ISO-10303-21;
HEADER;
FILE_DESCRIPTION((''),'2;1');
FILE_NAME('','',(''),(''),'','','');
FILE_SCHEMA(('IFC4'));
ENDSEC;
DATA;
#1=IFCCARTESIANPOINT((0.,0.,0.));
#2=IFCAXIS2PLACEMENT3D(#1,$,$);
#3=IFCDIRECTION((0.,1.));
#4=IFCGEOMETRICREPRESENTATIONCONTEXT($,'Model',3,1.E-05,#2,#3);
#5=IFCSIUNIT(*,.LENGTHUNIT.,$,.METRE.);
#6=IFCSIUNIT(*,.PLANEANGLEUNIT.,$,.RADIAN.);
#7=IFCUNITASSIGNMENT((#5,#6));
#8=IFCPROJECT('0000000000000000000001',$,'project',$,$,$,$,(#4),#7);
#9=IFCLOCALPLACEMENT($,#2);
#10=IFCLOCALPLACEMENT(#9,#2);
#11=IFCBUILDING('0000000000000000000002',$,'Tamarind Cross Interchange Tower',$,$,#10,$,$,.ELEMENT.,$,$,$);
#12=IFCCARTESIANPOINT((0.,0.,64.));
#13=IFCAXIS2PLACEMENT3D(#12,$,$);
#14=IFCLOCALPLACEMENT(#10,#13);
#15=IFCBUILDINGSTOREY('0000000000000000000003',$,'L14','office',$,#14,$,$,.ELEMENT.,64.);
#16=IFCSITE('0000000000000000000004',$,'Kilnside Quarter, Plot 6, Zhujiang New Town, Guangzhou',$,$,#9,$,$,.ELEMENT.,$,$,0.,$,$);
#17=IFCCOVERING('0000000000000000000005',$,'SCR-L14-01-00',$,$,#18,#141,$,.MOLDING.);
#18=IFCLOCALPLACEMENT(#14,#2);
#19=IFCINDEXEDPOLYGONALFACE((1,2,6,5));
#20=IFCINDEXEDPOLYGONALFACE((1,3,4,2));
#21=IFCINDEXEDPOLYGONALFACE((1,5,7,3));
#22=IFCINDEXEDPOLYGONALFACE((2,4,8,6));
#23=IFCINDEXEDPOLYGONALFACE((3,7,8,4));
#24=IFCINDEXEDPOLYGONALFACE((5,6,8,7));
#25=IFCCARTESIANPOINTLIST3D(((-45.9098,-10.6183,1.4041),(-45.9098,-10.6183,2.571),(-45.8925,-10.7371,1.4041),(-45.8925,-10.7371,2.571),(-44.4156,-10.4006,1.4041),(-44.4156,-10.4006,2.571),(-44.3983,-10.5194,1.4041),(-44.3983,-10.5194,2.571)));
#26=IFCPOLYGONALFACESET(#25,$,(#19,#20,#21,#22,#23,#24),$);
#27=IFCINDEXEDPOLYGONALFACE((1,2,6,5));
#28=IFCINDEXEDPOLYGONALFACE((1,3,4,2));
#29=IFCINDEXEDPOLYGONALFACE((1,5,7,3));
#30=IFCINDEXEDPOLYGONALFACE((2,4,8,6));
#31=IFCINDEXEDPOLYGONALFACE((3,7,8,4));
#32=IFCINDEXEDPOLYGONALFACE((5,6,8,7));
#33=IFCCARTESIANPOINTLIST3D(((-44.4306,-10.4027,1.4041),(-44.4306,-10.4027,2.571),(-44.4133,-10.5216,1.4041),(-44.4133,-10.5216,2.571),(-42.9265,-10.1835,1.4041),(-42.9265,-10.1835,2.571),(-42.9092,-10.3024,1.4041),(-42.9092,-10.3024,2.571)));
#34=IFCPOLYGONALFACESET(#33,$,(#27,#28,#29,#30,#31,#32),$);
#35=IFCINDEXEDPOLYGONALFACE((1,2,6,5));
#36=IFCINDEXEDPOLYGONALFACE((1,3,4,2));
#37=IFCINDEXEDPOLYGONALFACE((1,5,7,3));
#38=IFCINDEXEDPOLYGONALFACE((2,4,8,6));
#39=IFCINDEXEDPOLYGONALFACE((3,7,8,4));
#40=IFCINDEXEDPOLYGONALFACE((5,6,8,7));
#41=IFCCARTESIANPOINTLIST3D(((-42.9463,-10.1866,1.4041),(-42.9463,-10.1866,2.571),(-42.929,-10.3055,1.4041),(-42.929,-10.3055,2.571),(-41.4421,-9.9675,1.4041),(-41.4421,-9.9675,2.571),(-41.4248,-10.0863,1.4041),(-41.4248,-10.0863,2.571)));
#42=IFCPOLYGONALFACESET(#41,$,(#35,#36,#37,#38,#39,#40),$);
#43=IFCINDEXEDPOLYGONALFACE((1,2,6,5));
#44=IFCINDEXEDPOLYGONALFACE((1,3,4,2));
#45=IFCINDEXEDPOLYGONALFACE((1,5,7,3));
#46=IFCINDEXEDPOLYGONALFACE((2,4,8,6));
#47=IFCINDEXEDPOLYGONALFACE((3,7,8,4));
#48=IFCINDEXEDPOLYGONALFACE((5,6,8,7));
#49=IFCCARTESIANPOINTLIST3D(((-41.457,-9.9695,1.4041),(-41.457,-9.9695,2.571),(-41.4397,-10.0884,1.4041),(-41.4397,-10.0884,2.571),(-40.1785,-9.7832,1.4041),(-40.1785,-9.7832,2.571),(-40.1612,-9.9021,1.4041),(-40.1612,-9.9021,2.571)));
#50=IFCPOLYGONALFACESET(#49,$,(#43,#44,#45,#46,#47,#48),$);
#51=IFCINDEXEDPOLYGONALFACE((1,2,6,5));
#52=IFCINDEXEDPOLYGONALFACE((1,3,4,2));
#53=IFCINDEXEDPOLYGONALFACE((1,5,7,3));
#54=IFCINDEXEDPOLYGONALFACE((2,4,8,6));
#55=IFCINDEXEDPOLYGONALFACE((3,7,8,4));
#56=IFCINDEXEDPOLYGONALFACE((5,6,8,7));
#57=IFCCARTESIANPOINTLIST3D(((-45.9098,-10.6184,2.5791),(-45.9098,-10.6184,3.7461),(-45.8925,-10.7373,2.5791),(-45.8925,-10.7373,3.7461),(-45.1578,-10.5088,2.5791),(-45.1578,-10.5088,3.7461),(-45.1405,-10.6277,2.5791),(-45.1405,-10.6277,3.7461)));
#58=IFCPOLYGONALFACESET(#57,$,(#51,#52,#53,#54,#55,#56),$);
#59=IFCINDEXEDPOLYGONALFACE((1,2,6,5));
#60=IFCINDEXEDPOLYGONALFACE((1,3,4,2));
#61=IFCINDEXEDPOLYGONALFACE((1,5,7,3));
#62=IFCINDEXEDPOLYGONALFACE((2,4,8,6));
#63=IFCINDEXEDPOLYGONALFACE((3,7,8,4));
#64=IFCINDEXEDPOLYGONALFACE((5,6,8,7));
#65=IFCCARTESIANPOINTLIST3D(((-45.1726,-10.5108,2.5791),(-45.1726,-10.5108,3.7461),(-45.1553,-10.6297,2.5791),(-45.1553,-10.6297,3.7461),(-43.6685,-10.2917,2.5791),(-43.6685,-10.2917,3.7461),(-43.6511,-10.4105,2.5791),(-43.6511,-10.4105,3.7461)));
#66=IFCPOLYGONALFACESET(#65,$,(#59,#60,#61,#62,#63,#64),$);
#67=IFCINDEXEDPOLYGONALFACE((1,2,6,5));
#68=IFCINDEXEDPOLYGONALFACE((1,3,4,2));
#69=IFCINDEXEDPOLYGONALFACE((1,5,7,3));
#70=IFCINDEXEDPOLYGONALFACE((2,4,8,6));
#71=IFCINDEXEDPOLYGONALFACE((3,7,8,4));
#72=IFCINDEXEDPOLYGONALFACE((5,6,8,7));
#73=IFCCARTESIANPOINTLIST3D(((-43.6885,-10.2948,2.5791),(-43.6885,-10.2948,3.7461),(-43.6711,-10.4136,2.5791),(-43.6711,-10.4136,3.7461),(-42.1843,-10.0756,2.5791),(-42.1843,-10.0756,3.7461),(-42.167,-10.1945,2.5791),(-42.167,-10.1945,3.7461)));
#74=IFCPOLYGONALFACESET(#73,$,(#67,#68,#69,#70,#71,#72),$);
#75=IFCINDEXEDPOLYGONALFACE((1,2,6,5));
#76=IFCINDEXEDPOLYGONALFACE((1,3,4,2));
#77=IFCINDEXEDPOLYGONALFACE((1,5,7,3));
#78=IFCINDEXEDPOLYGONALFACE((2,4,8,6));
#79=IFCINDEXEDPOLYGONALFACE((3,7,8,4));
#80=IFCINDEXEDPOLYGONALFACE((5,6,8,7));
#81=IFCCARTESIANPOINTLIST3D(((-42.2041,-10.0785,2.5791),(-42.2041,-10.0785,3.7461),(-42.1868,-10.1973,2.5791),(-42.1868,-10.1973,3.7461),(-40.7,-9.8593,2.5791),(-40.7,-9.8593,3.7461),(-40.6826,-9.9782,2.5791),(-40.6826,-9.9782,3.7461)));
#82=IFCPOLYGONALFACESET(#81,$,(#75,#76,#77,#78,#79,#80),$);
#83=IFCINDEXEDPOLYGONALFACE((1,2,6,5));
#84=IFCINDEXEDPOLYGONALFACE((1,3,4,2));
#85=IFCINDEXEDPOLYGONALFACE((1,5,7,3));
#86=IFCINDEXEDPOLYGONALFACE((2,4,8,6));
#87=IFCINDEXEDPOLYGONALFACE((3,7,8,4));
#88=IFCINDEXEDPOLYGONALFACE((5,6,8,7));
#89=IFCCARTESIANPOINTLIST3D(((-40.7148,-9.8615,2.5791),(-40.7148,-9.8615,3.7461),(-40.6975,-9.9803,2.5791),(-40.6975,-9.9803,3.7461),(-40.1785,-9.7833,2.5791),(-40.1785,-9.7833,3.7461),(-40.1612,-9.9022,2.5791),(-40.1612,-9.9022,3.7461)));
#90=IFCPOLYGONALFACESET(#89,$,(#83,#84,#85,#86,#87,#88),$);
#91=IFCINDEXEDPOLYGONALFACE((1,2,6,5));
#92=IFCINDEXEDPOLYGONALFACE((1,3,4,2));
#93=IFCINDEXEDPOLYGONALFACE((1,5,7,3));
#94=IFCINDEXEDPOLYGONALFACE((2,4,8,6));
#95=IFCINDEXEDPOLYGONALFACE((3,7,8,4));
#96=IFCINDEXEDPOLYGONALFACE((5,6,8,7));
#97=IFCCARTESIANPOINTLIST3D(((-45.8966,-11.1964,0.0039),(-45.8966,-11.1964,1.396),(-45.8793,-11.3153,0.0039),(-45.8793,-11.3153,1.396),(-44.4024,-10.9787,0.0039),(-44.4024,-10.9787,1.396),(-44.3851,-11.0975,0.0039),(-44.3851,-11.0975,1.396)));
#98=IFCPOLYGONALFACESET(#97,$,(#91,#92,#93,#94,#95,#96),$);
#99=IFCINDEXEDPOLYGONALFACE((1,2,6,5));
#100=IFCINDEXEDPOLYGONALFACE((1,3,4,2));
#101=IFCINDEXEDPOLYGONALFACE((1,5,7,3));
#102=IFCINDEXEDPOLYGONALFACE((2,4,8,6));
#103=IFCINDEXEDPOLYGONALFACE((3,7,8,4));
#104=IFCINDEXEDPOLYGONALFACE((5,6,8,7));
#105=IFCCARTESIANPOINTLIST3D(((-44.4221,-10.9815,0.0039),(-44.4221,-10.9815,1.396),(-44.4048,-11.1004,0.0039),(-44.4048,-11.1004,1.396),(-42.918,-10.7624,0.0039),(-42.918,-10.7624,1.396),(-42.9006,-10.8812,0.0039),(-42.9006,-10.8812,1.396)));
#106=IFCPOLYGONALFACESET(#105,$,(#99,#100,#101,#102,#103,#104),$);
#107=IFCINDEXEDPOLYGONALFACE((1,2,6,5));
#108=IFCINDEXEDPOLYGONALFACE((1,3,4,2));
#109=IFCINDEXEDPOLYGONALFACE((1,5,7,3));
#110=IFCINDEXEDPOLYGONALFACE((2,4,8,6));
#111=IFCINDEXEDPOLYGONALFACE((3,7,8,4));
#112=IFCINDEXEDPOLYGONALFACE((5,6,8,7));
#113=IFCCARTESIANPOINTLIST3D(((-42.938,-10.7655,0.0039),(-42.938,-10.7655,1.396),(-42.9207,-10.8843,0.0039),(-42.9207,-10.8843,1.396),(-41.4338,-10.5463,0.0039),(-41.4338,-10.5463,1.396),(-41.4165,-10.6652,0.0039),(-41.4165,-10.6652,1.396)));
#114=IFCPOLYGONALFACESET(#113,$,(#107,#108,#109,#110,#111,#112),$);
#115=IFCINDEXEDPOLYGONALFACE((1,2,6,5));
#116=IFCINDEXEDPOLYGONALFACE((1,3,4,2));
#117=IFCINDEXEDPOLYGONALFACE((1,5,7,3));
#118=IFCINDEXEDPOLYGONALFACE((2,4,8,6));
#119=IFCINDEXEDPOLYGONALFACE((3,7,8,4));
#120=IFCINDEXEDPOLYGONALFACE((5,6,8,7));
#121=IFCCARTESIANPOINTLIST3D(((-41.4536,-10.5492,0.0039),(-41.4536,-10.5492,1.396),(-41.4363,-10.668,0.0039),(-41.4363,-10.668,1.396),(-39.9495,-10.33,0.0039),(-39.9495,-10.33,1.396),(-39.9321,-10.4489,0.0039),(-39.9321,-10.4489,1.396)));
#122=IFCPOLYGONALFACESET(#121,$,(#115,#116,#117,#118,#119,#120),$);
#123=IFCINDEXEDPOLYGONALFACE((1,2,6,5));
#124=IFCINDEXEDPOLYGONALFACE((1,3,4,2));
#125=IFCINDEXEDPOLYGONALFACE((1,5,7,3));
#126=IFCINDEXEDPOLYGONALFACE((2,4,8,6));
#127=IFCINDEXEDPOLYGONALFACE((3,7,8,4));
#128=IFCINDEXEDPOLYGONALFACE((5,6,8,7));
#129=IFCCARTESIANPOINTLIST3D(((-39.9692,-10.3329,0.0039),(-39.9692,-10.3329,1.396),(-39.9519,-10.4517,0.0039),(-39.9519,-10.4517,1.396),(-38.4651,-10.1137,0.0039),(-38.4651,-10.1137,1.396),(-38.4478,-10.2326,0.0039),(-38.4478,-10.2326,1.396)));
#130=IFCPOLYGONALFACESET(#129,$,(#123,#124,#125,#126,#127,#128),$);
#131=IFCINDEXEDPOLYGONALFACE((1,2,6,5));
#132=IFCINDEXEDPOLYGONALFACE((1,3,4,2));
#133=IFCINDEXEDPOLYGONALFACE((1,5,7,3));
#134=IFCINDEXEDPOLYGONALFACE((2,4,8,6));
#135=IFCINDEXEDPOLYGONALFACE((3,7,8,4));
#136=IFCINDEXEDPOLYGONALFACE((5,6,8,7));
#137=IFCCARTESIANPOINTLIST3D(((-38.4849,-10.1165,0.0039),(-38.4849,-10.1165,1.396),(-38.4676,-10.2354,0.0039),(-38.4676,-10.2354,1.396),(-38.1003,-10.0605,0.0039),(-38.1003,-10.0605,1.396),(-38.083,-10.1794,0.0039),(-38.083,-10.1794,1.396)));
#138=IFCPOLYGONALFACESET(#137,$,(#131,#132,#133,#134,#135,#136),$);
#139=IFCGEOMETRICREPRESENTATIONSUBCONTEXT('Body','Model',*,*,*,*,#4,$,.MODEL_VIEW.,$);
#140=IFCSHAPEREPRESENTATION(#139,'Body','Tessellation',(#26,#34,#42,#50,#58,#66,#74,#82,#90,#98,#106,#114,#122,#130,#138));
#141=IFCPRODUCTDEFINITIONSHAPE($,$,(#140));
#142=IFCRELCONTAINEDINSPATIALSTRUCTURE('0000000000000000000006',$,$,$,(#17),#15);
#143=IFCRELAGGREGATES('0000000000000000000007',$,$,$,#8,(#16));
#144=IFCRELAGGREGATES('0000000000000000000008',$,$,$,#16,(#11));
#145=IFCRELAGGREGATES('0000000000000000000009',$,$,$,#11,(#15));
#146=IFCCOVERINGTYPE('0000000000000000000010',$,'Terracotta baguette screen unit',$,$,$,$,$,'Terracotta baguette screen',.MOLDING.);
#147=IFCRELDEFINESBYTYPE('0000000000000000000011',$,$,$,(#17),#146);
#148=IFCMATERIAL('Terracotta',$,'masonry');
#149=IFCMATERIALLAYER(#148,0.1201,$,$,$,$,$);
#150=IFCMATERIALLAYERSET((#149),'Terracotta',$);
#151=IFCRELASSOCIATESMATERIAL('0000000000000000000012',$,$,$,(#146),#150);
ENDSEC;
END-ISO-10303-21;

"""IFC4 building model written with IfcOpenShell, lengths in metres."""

from ifc_helpers import new_model, si_unit, direction, frame, origin, origin_2d, place, context, subcontext, project, spatial, rectangle, extrude, material, layer, layer_set, type_object, element, save


model = new_model("IFC4")

# Units and contexts
model_context = context("Model", 3, precision=1e-05, world=origin(), true_north=direction((0.0, 1.0)))
body_context = subcontext(model_context, "Body", "Model", "MODEL_VIEW")
ifc_project = project(units=[si_unit("LENGTHUNIT", "METRE"), si_unit("PLANEANGLEUNIT", "RADIAN")], contexts=[model_context])

# Site, building, storey
site_placement = place(None, origin())
site = spatial("IfcSite", under=ifc_project, at=site_placement, Name="Kilnside Quarter, Plot 6, Zhujiang New Town, Guangzhou", CompositionType="ELEMENT", RefElevation=0.0)
building_placement = place(site_placement, origin())
building = spatial("IfcBuilding", under=site, at=building_placement, Name="Tamarind Cross Interchange Tower", CompositionType="ELEMENT")
storey_placement = place(building_placement, frame((0.0, 0.0, 64.0)))
storey = spatial("IfcBuildingStorey", under=building, at=storey_placement, Name="L14", Description="office", CompositionType="ELEMENT", Elevation=64.0)

# Covering
ifc_material_1 = material(Name="Terracotta", Category="masonry")
ifc_layer_1 = layer(ifc_material_1, 0.1201)
ifc_layer_set_1 = layer_set([ifc_layer_1], Name="Terracotta")
covering_type = type_object("IfcCoveringType", Name="Terracotta baguette screen unit", ElementType="Terracotta baguette screen", PredefinedType="MOLDING", material=ifc_layer_set_1)
covering_1_placement = place(storey_placement, origin())
element("IfcCovering", 1, at=covering_1_placement, inside=storey, type_object=covering_type, Name="SCR-L14-01-00", PredefinedType="MOLDING", context=body_context, shape_type="SweptSolid", body=[
    extrude(rectangle(XDim=1.51, YDim=0.1201, at=origin_2d()), frame((-45.1541, -10.5688, 1.4041), z_axis=(0.0, 0.0, 1.0), x_axis=(0.98955, 0.144187, 0.0)), (0.0, 0.0, 1.0), 1.167),
    extrude(rectangle(XDim=1.52, YDim=0.1201, at=origin_2d()), frame((-43.6699, -10.3525, 1.4041), z_axis=(0.0, 0.0, 1.0), x_axis=(0.98955, 0.144187, 0.0)), (0.0, 0.0, 1.0), 1.167),
    extrude(rectangle(XDim=1.52, YDim=0.1201, at=origin_2d()), frame((-42.1855, -10.1365, 1.4041), z_axis=(0.0, 0.0, 1.0), x_axis=(0.98955, 0.144187, 0.0)), (0.0, 0.0, 1.0), 1.167),
    extrude(rectangle(XDim=1.292, YDim=0.1201, at=origin_2d()), frame((-40.8091, -9.9358, 1.4041), z_axis=(0.0, 0.0, 1.0), x_axis=(0.98955, 0.144187, 0.0)), (0.0, 0.0, 1.0), 1.167),
    extrude(rectangle(XDim=0.76, YDim=0.1201, at=origin_2d()), frame((-45.5251, -10.623, 2.5791), z_axis=(0.0, 0.0, 1.0), x_axis=(0.98955, 0.144187, 0.0)), (0.0, 0.0, 1.0), 1.167),
    extrude(rectangle(XDim=1.52, YDim=0.1201, at=origin_2d()), frame((-44.4119, -10.4607, 2.5791), z_axis=(0.0, 0.0, 1.0), x_axis=(0.98955, 0.144187, 0.0)), (0.0, 0.0, 1.0), 1.167),
    extrude(rectangle(XDim=1.52, YDim=0.1201, at=origin_2d()), frame((-42.9277, -10.2446, 2.5791), z_axis=(0.0, 0.0, 1.0), x_axis=(0.98955, 0.144187, 0.0)), (0.0, 0.0, 1.0), 1.167),
    extrude(rectangle(XDim=1.52, YDim=0.1201, at=origin_2d()), frame((-41.4434, -10.0283, 2.5791), z_axis=(0.0, 0.0, 1.0), x_axis=(0.98955, 0.144187, 0.0)), (0.0, 0.0, 1.0), 1.167),
    extrude(rectangle(XDim=0.542, YDim=0.1201, at=origin_2d()), frame((-40.438, -9.8818, 2.5791), z_axis=(0.0, 0.0, 1.0), x_axis=(0.98955, 0.144187, 0.0)), (0.0, 0.0, 1.0), 1.167),
    extrude(rectangle(XDim=1.51, YDim=0.1201, at=origin_2d()), frame((-45.1409, -11.147, 0.0039), z_axis=(0.0, 0.0, 1.0), x_axis=(0.98955, 0.144187, 0.0)), (0.0, 0.0, 1.0), 1.3921),
    extrude(rectangle(XDim=1.52, YDim=0.1201, at=origin_2d()), frame((-43.6614, -10.9314, 0.0039), z_axis=(0.0, 0.0, 1.0), x_axis=(0.98955, 0.144187, 0.0)), (0.0, 0.0, 1.0), 1.3921),
    extrude(rectangle(XDim=1.52, YDim=0.1201, at=origin_2d()), frame((-42.1772, -10.7153, 0.0039), z_axis=(0.0, 0.0, 1.0), x_axis=(0.98955, 0.144187, 0.0)), (0.0, 0.0, 1.0), 1.3921),
    extrude(rectangle(XDim=1.52, YDim=0.1201, at=origin_2d()), frame((-40.6929, -10.499, 0.0039), z_axis=(0.0, 0.0, 1.0), x_axis=(0.98955, 0.144187, 0.0)), (0.0, 0.0, 1.0), 1.3921),
    extrude(rectangle(XDim=1.52, YDim=0.1201, at=origin_2d()), frame((-39.2085, -10.2827, 0.0039), z_axis=(0.0, 0.0, 1.0), x_axis=(0.98955, 0.144187, 0.0)), (0.0, 0.0, 1.0), 1.3921),
    extrude(rectangle(XDim=0.3887, YDim=0.1201, at=origin_2d()), frame((-38.2839, -10.1479, 0.0039), z_axis=(0.0, 0.0, 1.0), x_axis=(0.98955, 0.144187, 0.0)), (0.0, 0.0, 1.0), 1.3921),
])

save(model, "model.ifc")
